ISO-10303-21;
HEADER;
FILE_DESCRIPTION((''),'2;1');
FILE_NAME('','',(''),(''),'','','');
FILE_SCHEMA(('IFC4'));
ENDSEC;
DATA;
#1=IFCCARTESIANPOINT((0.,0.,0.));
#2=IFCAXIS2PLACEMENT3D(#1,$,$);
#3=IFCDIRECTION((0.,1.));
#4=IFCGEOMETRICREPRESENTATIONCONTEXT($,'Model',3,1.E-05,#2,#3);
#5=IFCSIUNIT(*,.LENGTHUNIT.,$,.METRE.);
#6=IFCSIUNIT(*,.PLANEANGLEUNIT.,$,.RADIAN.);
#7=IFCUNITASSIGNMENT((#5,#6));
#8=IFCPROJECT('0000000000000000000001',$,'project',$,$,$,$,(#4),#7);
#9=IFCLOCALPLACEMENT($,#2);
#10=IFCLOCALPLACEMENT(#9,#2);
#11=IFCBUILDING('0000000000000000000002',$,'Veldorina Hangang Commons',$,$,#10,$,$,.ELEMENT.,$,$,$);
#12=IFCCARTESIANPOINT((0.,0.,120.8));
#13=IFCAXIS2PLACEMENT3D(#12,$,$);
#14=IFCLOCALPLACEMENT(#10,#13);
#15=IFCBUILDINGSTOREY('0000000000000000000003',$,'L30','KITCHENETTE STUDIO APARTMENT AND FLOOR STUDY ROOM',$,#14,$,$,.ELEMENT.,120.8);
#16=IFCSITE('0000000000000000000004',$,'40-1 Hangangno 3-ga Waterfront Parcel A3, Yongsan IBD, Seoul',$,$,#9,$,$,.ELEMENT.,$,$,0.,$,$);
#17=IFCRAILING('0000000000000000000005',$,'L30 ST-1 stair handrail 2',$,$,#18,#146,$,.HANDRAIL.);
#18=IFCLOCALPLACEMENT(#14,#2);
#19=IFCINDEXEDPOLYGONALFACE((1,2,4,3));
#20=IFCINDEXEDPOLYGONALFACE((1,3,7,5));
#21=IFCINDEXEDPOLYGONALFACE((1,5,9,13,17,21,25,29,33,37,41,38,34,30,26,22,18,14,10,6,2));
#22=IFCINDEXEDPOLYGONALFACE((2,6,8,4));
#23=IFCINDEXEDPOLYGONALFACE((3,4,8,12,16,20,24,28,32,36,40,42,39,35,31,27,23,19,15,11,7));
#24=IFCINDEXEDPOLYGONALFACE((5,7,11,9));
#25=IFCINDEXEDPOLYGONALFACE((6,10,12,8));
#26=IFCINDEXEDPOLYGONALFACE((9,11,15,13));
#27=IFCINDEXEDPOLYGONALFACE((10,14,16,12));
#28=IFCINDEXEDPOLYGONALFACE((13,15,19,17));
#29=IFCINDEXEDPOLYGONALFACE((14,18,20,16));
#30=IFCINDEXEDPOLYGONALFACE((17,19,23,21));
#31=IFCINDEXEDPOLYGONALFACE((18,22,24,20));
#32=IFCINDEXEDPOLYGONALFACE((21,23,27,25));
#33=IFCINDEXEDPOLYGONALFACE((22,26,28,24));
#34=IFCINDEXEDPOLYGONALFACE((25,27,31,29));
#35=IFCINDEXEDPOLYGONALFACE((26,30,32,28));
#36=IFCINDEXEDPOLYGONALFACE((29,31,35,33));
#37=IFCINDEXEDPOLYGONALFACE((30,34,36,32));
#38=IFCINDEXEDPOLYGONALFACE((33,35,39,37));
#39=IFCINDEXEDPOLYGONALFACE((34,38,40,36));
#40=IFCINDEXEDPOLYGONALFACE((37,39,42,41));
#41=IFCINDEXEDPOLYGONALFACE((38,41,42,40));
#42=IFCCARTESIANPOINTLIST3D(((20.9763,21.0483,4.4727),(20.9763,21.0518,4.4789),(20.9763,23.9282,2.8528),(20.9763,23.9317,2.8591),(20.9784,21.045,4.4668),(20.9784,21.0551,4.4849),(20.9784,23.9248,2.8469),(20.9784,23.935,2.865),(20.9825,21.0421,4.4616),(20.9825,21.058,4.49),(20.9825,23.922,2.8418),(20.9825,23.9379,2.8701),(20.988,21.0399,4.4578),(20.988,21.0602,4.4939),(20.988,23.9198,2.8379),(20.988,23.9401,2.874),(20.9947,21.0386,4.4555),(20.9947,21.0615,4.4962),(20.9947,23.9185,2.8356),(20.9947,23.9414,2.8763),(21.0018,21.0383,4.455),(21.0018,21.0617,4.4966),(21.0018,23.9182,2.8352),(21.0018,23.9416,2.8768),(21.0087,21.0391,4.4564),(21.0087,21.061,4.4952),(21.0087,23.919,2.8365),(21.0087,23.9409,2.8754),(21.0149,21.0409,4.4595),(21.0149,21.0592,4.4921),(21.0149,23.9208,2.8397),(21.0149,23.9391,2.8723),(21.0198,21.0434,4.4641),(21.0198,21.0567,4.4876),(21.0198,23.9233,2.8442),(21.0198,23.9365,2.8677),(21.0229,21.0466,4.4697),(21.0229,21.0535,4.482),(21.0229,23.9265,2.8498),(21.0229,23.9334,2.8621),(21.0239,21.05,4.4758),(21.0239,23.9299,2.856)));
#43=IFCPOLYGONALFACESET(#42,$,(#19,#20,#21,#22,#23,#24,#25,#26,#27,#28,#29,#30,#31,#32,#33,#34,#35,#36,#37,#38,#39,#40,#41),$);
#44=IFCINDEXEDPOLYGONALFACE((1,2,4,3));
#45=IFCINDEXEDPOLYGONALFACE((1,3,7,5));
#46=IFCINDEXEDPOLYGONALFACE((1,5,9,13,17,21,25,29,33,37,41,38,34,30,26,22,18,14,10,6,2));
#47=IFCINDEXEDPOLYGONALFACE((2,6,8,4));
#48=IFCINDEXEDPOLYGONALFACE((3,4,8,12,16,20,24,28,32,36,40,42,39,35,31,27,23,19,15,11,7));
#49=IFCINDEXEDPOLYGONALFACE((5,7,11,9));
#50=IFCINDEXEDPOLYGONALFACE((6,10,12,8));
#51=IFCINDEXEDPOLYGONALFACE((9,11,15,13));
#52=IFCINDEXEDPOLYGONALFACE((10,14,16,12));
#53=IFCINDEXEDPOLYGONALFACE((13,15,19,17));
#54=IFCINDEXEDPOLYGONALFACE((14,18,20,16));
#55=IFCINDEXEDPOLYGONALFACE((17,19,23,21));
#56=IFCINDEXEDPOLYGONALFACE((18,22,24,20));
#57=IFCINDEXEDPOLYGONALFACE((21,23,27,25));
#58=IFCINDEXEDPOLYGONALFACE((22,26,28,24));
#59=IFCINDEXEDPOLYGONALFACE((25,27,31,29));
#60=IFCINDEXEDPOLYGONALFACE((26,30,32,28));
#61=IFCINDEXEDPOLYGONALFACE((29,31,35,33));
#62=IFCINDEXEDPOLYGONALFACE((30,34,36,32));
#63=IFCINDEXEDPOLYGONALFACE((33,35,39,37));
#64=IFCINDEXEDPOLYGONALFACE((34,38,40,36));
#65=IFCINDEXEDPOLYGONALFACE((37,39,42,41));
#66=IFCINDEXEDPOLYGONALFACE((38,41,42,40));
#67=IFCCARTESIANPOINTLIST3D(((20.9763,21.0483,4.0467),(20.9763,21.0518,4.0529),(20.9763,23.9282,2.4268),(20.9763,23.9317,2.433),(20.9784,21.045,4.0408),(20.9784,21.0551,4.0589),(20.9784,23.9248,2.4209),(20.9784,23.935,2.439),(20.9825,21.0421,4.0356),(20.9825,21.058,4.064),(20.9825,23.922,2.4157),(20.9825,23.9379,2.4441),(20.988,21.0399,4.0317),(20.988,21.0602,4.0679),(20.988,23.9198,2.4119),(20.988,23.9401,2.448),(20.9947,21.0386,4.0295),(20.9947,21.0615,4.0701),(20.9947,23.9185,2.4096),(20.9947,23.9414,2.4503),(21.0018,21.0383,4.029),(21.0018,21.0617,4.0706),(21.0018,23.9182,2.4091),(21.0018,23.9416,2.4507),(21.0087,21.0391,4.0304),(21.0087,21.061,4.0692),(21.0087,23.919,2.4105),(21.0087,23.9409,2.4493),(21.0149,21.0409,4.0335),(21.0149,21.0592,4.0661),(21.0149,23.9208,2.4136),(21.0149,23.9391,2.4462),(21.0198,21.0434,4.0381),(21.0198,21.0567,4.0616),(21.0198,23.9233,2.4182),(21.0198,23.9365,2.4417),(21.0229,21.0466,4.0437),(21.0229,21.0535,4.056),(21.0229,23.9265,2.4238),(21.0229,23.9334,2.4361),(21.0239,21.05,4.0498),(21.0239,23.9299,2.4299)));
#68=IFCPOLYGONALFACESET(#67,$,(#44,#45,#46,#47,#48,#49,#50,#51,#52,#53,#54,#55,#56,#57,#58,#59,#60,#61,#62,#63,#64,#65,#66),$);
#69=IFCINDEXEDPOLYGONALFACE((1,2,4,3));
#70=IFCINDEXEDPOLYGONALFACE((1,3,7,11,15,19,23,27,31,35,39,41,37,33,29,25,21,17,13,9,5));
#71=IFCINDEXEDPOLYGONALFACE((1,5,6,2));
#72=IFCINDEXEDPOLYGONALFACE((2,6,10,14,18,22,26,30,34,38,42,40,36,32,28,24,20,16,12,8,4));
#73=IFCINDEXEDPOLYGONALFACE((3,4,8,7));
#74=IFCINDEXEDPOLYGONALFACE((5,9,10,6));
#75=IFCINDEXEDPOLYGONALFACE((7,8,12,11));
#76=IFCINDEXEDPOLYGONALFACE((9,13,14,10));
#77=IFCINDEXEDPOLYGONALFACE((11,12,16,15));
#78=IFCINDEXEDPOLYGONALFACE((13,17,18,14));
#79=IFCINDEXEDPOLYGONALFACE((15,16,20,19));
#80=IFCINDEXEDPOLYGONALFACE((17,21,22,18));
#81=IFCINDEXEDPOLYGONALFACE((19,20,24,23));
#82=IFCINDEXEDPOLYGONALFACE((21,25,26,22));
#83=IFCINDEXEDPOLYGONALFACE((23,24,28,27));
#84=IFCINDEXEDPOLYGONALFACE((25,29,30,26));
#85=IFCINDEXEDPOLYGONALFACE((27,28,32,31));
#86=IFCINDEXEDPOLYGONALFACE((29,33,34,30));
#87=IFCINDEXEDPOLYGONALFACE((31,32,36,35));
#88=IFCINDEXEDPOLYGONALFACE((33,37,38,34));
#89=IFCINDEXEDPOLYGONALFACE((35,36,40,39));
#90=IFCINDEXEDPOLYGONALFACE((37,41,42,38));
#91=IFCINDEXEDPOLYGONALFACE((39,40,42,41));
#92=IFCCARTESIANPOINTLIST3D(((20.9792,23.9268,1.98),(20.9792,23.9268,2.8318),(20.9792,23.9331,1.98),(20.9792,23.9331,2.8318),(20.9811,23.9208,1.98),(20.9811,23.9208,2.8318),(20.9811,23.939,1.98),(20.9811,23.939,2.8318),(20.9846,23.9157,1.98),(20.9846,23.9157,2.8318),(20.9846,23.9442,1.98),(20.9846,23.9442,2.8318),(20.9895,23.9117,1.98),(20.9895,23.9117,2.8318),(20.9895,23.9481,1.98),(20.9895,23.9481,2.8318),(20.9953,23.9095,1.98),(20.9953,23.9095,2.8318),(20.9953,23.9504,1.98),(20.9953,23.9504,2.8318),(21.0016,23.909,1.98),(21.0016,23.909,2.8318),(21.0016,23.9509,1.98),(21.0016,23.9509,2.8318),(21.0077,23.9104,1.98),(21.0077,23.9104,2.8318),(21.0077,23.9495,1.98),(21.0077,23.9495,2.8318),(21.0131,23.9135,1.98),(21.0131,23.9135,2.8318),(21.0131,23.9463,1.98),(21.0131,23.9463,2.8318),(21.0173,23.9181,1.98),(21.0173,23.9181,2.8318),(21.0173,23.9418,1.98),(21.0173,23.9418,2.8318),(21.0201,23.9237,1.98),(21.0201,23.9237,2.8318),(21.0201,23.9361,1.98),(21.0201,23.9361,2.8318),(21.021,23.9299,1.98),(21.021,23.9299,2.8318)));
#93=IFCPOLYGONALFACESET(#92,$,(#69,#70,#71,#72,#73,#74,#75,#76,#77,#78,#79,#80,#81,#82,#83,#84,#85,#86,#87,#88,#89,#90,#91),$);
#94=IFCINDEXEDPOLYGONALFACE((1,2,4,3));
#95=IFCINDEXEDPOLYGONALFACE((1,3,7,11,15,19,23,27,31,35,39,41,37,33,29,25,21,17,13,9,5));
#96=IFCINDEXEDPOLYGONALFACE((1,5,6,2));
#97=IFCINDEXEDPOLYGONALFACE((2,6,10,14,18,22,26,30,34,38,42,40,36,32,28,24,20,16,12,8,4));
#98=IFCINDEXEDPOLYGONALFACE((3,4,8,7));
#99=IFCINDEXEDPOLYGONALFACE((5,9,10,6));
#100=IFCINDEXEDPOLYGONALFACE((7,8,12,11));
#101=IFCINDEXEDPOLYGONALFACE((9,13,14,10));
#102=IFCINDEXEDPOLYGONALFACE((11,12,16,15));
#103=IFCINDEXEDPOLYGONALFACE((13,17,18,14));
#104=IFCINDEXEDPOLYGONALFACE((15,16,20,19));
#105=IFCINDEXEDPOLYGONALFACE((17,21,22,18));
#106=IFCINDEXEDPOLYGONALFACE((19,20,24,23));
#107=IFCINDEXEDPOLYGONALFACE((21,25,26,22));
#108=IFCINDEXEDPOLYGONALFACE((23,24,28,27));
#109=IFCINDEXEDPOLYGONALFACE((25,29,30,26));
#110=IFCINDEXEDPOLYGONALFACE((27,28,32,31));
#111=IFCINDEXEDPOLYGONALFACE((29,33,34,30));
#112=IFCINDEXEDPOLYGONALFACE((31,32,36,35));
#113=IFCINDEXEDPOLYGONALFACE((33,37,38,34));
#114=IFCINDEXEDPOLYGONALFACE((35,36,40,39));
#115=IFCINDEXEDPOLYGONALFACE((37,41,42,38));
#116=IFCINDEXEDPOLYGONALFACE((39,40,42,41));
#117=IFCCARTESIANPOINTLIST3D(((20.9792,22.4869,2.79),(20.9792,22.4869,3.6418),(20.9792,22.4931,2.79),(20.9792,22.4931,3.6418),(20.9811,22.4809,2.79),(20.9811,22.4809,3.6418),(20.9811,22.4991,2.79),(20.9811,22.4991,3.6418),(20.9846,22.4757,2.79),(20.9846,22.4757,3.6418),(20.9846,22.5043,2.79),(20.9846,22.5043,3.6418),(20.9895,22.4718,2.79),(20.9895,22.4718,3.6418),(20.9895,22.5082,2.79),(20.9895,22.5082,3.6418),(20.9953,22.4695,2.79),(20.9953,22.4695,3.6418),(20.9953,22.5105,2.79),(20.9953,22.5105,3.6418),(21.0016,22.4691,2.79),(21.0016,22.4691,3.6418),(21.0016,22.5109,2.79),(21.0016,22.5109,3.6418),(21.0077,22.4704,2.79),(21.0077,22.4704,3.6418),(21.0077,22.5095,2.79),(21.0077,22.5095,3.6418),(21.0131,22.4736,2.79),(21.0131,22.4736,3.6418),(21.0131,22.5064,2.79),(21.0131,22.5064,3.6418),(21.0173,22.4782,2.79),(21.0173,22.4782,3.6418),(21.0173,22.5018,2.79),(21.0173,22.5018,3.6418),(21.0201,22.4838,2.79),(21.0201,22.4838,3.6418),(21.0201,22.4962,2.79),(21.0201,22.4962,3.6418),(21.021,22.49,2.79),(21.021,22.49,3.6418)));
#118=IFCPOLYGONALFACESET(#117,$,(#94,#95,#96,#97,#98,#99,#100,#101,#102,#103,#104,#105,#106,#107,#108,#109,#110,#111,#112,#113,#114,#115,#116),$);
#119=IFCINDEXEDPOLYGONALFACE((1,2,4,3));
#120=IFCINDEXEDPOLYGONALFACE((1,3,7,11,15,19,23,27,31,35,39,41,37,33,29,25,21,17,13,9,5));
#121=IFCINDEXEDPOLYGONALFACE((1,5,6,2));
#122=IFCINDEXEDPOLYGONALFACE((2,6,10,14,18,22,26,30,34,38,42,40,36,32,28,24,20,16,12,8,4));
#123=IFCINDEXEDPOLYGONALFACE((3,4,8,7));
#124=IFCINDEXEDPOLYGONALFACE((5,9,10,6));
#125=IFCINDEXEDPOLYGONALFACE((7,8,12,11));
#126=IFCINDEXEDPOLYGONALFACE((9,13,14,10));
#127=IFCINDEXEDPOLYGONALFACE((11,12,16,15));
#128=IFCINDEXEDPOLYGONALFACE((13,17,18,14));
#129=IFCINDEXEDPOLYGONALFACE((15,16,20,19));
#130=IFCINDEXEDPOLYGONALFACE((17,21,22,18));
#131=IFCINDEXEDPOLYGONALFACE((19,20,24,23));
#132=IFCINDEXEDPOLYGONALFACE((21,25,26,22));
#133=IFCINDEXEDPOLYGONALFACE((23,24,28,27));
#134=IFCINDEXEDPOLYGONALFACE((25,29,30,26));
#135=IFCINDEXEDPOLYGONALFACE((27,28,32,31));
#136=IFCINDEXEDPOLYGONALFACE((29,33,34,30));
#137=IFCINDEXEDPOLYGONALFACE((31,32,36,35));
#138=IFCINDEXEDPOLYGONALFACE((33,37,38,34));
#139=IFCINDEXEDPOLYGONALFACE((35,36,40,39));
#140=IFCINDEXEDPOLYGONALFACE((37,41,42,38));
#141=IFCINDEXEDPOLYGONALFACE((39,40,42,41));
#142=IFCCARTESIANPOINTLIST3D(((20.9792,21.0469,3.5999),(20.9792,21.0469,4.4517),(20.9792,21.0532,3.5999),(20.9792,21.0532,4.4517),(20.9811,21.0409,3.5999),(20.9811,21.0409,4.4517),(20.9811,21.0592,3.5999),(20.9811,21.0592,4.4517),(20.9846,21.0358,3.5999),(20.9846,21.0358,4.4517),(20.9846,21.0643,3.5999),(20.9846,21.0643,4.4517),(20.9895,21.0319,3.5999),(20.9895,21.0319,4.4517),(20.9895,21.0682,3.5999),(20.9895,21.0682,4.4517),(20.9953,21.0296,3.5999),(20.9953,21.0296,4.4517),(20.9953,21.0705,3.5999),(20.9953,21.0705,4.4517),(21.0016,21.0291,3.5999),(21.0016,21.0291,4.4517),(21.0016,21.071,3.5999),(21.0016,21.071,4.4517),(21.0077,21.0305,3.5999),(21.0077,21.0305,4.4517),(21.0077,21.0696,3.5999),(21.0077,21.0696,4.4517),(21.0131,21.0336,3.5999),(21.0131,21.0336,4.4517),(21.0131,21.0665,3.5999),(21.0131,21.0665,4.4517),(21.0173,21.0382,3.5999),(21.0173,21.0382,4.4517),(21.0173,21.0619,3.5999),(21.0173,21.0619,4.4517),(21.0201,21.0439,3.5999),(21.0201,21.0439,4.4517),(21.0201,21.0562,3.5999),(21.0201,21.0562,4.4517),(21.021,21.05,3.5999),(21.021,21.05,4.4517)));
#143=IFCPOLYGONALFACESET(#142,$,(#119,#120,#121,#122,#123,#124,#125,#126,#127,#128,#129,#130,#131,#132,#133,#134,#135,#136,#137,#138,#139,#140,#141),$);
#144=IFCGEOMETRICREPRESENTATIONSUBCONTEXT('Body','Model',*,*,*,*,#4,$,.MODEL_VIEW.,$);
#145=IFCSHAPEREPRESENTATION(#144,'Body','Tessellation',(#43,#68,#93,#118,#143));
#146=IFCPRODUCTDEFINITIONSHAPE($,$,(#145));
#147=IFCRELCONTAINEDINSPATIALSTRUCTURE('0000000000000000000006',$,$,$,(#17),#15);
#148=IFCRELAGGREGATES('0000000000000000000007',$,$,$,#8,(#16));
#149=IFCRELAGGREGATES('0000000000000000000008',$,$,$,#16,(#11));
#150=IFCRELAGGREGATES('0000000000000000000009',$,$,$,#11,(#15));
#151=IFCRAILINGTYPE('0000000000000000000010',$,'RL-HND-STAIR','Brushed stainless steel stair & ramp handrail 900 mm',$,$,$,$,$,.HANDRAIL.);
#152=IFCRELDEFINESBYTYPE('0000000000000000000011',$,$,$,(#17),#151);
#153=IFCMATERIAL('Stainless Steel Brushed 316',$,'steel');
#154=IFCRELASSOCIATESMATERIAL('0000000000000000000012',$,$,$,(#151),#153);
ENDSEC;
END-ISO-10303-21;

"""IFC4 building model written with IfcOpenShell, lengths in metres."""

from ifc_helpers import new_model, si_unit, direction, frame, origin, origin_2d, place, context, subcontext, project, spatial, circle, extrude, material, type_object, element, save


model = new_model("IFC4")

# Units and contexts
model_context = context("Model", 3, precision=1e-05, world=origin(), true_north=direction((0.0, 1.0)))
body_context = subcontext(model_context, "Body", "Model", "MODEL_VIEW")
ifc_project = project(units=[si_unit("LENGTHUNIT", "METRE"), si_unit("PLANEANGLEUNIT", "RADIAN")], contexts=[model_context])

# Site, building, storey
site_placement = place(None, origin())
site = spatial("IfcSite", under=ifc_project, at=site_placement, Name="40-1 Hangangno 3-ga Waterfront Parcel A3, Yongsan IBD, Seoul", CompositionType="ELEMENT", RefElevation=0.0)
building_placement = place(site_placement, origin())
building = spatial("IfcBuilding", under=site, at=building_placement, Name="Veldorina Hangang Commons", CompositionType="ELEMENT")
storey_placement = place(building_placement, frame((0.0, 0.0, 120.8)))
storey = spatial("IfcBuildingStorey", under=building, at=storey_placement, Name="L30", Description="KITCHENETTE STUDIO APARTMENT AND FLOOR STUDY ROOM", CompositionType="ELEMENT", Elevation=120.8)

# Railing
ifc_material_1 = material(Name="Stainless Steel Brushed 316", Category="steel")
railing_type_1 = type_object("IfcRailingType", Name="RL-HND-STAIR", Description="Brushed stainless steel stair & ramp handrail 900 mm", PredefinedType="HANDRAIL", material=ifc_material_1)
railing_1_placement = place(storey_placement, frame((21.0, 23.9299, 1.98)))
element("IfcRailing", 1, at=railing_1_placement, inside=storey, type_object=railing_type_1, Name="L30 ST-1 stair handrail 2", PredefinedType="HANDRAIL", context=body_context, shape_type="SweptSolid", body=[
    extrude(circle(Radius=0.0239, at=origin_2d()), frame((0.0, 0.0, 0.876), z_axis=(0.0, -0.871583, 0.490247), x_axis=(1.0, 0.0, 0.0)), (0.0, 0.0, 1.0), 3.3042),
    extrude(circle(Radius=0.0239, at=origin_2d()), frame((0.0, 0.0, 0.45), z_axis=(0.0, -0.871583, 0.490247), x_axis=(1.0, 0.0, 0.0)), (0.0, 0.0, 1.0), 3.3042),
    extrude(circle(Radius=0.021, at=origin_2d()), origin(), (0.0, 0.0, 1.0), 0.8518),
    extrude(circle(Radius=0.021, at=origin_2d()), frame((0.0, -1.4399, 0.8101)), (0.0, 0.0, 1.0), 0.8518),
    extrude(circle(Radius=0.021, at=origin_2d()), frame((0.0, -2.8799, 1.6199)), (0.0, 0.0, 1.0), 0.8518),
])

save(model, "model.ifc")
